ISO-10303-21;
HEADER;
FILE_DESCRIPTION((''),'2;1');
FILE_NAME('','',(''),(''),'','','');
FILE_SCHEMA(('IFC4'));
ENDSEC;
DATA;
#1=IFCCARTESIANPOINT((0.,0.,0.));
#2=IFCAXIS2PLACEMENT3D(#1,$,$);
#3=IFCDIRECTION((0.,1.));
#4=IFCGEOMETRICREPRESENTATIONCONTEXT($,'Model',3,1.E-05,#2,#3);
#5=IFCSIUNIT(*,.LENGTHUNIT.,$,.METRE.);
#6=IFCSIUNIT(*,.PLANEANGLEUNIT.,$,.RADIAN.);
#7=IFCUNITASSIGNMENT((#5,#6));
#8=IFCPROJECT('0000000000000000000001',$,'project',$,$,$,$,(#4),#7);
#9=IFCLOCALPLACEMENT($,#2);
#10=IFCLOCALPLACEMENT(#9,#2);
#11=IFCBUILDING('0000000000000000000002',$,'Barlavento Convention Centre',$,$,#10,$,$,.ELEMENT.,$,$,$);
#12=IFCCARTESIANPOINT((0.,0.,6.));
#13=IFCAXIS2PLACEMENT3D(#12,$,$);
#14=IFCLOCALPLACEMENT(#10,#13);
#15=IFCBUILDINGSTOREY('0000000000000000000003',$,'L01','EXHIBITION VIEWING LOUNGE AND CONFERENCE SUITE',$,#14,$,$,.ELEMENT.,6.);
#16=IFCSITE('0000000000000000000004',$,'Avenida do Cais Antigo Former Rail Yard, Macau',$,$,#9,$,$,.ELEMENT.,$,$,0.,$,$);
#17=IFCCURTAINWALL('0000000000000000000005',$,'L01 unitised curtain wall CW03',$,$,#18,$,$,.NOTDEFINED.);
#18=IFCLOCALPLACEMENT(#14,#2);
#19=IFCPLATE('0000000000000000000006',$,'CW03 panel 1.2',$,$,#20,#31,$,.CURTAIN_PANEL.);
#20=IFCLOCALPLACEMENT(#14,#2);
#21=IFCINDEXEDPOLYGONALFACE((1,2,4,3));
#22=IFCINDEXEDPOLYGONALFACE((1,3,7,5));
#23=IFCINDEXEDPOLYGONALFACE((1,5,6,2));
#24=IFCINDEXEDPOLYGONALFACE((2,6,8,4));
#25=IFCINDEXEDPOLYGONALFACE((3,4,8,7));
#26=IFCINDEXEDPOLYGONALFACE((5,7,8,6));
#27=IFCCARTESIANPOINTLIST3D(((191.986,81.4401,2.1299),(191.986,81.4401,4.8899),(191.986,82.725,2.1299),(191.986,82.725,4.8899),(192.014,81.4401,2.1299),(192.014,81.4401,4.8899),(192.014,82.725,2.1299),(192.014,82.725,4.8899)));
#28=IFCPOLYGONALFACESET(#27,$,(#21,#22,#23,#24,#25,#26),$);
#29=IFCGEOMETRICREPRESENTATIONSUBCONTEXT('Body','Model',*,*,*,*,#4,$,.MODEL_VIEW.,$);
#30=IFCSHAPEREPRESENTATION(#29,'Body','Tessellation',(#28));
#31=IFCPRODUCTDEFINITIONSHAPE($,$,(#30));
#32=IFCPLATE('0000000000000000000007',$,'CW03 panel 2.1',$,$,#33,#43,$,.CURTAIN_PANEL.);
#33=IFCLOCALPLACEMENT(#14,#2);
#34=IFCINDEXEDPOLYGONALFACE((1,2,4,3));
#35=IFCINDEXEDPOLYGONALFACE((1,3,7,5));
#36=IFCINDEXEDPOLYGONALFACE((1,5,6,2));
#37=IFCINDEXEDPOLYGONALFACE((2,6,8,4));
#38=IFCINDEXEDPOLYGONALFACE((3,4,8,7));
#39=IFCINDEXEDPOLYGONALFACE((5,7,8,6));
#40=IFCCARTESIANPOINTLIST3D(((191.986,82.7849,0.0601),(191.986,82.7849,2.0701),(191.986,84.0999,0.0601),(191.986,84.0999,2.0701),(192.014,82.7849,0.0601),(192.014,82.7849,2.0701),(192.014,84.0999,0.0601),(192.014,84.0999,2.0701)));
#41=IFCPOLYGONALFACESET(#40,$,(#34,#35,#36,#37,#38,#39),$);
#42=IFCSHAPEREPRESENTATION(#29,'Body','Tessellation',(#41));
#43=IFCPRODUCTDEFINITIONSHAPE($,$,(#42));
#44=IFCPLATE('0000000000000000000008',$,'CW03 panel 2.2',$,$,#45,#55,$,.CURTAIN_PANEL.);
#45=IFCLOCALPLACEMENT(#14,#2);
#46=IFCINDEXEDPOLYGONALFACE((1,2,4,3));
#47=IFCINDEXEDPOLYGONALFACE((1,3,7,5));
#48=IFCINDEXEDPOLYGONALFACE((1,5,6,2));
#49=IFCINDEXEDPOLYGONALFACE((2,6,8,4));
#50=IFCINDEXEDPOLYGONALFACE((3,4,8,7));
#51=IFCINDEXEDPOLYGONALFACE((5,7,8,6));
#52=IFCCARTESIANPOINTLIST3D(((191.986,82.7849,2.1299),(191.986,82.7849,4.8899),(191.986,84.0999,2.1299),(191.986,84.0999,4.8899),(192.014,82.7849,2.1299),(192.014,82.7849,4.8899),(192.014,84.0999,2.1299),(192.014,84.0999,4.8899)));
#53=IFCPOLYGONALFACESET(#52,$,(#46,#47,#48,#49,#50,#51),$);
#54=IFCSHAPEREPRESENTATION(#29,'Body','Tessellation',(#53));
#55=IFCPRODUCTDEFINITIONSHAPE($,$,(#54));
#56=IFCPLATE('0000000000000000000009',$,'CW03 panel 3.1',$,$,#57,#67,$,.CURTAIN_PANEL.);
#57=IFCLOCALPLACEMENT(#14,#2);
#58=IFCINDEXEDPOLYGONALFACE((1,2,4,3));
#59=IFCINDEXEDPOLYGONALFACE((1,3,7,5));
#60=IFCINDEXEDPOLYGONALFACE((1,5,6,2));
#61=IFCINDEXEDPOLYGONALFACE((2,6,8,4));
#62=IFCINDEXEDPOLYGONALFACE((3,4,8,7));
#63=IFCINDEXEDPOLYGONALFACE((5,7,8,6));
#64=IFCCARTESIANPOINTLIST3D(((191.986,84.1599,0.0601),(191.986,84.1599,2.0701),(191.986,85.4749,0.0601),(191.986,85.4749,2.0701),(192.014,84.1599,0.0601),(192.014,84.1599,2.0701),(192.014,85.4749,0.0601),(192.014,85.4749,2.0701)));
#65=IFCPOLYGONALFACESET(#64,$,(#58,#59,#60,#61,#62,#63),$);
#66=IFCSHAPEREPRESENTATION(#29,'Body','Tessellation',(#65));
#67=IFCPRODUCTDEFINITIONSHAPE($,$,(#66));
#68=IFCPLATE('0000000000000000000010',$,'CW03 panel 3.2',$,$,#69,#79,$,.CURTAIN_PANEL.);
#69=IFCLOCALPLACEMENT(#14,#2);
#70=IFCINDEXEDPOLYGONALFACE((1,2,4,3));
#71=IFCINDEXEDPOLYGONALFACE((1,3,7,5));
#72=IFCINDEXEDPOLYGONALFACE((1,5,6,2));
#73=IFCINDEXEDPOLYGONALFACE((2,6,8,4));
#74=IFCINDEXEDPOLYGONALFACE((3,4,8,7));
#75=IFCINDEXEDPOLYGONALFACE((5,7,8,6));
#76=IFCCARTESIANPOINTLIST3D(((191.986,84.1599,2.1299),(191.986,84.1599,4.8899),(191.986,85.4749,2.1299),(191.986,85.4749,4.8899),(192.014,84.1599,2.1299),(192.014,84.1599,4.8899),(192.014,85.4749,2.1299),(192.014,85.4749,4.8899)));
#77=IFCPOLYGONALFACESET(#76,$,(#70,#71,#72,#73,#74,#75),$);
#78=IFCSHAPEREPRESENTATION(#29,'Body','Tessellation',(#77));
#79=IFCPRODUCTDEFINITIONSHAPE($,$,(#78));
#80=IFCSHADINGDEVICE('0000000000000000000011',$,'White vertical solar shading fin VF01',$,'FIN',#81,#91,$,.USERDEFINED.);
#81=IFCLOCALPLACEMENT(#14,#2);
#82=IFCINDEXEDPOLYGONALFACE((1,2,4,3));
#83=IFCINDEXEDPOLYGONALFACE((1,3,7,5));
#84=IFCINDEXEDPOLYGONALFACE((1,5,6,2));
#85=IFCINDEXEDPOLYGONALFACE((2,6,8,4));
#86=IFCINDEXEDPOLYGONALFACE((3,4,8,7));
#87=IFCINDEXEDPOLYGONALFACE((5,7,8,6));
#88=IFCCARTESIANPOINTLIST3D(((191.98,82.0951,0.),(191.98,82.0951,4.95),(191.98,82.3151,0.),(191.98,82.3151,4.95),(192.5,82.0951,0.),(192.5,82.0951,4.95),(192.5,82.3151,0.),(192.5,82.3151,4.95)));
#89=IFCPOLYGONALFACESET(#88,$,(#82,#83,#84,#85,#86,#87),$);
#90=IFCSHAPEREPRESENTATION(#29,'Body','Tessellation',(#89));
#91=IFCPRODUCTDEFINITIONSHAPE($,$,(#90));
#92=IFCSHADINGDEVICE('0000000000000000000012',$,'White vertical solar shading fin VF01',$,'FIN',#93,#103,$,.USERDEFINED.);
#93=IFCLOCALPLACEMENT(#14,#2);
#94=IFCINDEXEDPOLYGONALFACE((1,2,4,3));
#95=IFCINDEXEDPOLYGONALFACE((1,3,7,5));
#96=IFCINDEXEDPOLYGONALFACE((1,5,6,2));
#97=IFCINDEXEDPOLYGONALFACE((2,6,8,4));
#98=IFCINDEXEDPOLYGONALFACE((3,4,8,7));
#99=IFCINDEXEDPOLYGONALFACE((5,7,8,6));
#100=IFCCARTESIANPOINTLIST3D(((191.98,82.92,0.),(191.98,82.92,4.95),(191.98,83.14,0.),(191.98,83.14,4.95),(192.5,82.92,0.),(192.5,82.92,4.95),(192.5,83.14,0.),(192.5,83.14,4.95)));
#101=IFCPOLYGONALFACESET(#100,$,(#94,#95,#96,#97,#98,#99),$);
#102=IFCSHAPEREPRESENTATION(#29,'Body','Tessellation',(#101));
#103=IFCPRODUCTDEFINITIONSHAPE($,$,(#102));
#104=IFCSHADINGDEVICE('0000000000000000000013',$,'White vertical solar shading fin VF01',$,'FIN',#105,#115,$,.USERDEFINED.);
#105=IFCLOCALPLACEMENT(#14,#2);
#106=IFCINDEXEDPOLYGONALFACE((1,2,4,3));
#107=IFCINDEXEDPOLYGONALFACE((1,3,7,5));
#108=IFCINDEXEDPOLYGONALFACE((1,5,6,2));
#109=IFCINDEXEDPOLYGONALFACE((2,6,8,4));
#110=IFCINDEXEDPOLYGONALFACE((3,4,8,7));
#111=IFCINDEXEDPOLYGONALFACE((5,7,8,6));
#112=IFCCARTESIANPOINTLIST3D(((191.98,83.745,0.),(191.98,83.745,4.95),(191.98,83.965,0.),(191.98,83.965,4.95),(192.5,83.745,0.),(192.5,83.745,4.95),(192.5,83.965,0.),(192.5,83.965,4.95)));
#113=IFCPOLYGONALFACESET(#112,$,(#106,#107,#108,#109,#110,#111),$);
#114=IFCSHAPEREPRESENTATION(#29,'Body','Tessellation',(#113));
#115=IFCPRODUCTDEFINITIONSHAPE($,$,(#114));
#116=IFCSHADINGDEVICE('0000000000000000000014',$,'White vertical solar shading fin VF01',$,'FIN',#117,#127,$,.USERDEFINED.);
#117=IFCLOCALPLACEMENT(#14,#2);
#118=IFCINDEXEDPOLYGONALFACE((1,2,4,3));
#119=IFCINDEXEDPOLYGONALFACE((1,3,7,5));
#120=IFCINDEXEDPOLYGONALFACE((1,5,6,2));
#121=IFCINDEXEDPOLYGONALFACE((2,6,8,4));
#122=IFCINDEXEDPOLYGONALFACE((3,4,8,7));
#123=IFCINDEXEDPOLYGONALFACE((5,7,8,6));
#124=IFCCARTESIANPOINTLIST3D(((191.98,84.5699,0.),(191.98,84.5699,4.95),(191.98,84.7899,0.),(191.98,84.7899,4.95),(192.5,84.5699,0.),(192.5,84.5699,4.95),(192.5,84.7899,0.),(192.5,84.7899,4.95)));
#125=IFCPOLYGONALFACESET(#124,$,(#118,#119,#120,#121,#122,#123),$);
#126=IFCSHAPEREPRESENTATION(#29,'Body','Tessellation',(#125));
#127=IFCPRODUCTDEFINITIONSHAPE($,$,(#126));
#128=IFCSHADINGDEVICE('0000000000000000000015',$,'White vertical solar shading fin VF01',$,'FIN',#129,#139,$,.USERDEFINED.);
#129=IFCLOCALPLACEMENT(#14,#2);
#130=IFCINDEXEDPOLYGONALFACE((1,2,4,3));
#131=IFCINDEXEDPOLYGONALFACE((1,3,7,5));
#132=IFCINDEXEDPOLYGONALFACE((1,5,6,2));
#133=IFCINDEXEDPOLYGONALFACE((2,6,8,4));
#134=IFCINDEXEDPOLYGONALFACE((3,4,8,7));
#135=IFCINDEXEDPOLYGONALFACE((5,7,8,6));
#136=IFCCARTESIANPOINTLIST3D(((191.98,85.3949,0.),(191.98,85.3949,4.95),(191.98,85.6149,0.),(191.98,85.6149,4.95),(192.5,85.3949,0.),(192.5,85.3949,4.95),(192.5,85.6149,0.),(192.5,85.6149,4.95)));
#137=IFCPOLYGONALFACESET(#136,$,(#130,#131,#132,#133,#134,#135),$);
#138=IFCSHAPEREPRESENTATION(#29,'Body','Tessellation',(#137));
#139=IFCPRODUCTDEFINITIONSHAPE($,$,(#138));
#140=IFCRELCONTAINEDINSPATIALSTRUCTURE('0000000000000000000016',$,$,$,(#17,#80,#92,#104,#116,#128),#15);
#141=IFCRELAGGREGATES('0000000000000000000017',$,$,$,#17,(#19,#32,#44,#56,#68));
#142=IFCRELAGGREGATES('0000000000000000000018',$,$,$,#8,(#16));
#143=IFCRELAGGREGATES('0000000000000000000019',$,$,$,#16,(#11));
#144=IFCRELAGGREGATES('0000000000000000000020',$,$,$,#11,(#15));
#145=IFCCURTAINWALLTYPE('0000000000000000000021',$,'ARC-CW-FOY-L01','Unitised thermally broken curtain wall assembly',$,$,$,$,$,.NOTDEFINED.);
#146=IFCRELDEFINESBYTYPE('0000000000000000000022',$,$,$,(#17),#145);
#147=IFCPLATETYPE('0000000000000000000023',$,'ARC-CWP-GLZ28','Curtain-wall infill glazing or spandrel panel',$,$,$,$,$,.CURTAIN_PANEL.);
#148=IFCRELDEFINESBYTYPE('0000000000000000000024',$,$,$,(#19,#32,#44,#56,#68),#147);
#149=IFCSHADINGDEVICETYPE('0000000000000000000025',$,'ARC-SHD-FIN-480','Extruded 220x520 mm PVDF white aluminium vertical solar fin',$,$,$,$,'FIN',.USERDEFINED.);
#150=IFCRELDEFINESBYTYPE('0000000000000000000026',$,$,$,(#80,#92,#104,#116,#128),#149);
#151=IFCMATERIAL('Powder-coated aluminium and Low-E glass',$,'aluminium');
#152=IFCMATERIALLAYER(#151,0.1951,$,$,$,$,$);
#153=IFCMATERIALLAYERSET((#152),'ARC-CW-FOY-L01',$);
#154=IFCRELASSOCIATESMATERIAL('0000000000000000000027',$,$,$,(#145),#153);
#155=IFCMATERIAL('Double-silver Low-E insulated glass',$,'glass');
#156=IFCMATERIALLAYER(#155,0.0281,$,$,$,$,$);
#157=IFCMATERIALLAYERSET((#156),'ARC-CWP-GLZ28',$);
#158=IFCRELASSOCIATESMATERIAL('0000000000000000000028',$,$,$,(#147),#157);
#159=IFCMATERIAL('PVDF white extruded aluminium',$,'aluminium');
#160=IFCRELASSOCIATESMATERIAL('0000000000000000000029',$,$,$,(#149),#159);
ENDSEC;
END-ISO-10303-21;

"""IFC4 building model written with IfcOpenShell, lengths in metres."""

from ifc_helpers import new_model, si_unit, direction, frame, origin, origin_2d, place, context, subcontext, project, spatial, rectangle, extrude, material, layer, layer_set, type_object, element, aggregate, save


model = new_model("IFC4")

# Units and contexts
model_context = context("Model", 3, precision=1e-05, world=origin(), true_north=direction((0.0, 1.0)))
body_context = subcontext(model_context, "Body", "Model", "MODEL_VIEW")
ifc_project = project(units=[si_unit("LENGTHUNIT", "METRE"), si_unit("PLANEANGLEUNIT", "RADIAN")], contexts=[model_context])

# Site, building, storey
site_placement = place(None, origin())
site = spatial("IfcSite", under=ifc_project, at=site_placement, Name="Avenida do Cais Antigo Former Rail Yard, Macau", CompositionType="ELEMENT", RefElevation=0.0)
building_placement = place(site_placement, origin())
building = spatial("IfcBuilding", under=site, at=building_placement, Name="Barlavento Convention Centre", CompositionType="ELEMENT")
storey_placement = place(building_placement, frame((0.0, 0.0, 6.0)))
storey = spatial("IfcBuildingStorey", under=building, at=storey_placement, Name="L01", Description="EXHIBITION VIEWING LOUNGE AND CONFERENCE SUITE", CompositionType="ELEMENT", Elevation=6.0)

# Curtain wall, plates
ifc_material_1 = material(Name="Powder-coated aluminium and Low-E glass", Category="aluminium")
ifc_layer_1 = layer(ifc_material_1, 0.1951)
ifc_layer_set_1 = layer_set([ifc_layer_1], Name="ARC-CW-FOY-L01")
curtain_wall_type = type_object("IfcCurtainWallType", Name="ARC-CW-FOY-L01", Description="Unitised thermally broken curtain wall assembly", PredefinedType="NOTDEFINED", material=ifc_layer_set_1)
curtain_wall_placement = place(storey_placement, origin())
curtain_wall = element("IfcCurtainWall", 1, at=curtain_wall_placement, inside=storey, type_object=curtain_wall_type, Name="L01 unitised curtain wall CW03", PredefinedType="NOTDEFINED")
ifc_material_2 = material(Name="Double-silver Low-E insulated glass", Category="glass")
ifc_layer_2 = layer(ifc_material_2, 0.0281)
ifc_layer_set_2 = layer_set([ifc_layer_2], Name="ARC-CWP-GLZ28")
plate_type = type_object("IfcPlateType", Name="ARC-CWP-GLZ28", Description="Curtain-wall infill glazing or spandrel panel", PredefinedType="CURTAIN_PANEL", material=ifc_layer_set_2)
plate_1_placement = place(storey_placement, frame((192.0, 82.0825, 2.1299), z_axis=(0.0, 0.0, 1.0), x_axis=(0.0, 1.0, 0.0)))
plate_1 = element("IfcPlate", 2, at=plate_1_placement, type_object=plate_type, Name="CW03 panel 1.2", PredefinedType="CURTAIN_PANEL", context=body_context, shape_type="SweptSolid", body=[
    extrude(rectangle(XDim=1.2849, YDim=0.0281, at=origin_2d()), origin(), (0.0, 0.0, 1.0), 2.76),
])
plate_2_placement = place(storey_placement, frame((192.0, 83.4424, 0.0601), z_axis=(0.0, 0.0, 1.0), x_axis=(0.0, 1.0, 0.0)))
plate_2 = element("IfcPlate", 3, at=plate_2_placement, type_object=plate_type, Name="CW03 panel 2.1", PredefinedType="CURTAIN_PANEL", context=body_context, shape_type="SweptSolid", body=[
    extrude(rectangle(XDim=1.3149, YDim=0.0281, at=origin_2d()), origin(), (0.0, 0.0, 1.0), 2.01),
])
plate_3_placement = place(storey_placement, frame((192.0, 83.4424, 2.1299), z_axis=(0.0, 0.0, 1.0), x_axis=(0.0, 1.0, 0.0)))
plate_3 = element("IfcPlate", 4, at=plate_3_placement, type_object=plate_type, Name="CW03 panel 2.2", PredefinedType="CURTAIN_PANEL", context=body_context, shape_type="SweptSolid", body=[
    extrude(rectangle(XDim=1.3149, YDim=0.0281, at=origin_2d()), origin(), (0.0, 0.0, 1.0), 2.76),
])
plate_4_placement = place(storey_placement, frame((192.0, 84.8174, 0.0601), z_axis=(0.0, 0.0, 1.0), x_axis=(0.0, 1.0, 0.0)))
plate_4 = element("IfcPlate", 5, at=plate_4_placement, type_object=plate_type, Name="CW03 panel 3.1", PredefinedType="CURTAIN_PANEL", context=body_context, shape_type="SweptSolid", body=[
    extrude(rectangle(XDim=1.3149, YDim=0.0281, at=origin_2d()), origin(), (0.0, 0.0, 1.0), 2.01),
])
plate_5_placement = place(storey_placement, frame((192.0, 84.8174, 2.1299), z_axis=(0.0, 0.0, 1.0), x_axis=(0.0, 1.0, 0.0)))
plate_5 = element("IfcPlate", 6, at=plate_5_placement, type_object=plate_type, Name="CW03 panel 3.2", PredefinedType="CURTAIN_PANEL", context=body_context, shape_type="SweptSolid", body=[
    extrude(rectangle(XDim=1.3149, YDim=0.0281, at=origin_2d()), origin(), (0.0, 0.0, 1.0), 2.76),
])
aggregate(curtain_wall, [plate_1, plate_2, plate_3, plate_4, plate_5])

# Shading devices
ifc_material_3 = material(Name="PVDF white extruded aluminium", Category="aluminium")
shading_device_type = type_object("IfcShadingDeviceType", Name="ARC-SHD-FIN-480", Description="Extruded 220x520 mm PVDF white aluminium vertical solar fin", ElementType="FIN", PredefinedType="USERDEFINED", material=ifc_material_3)
for number, where, z_axis, x_axis, name in (
    (7, (192.24, 82.2051, 0.0), (0.0, 0.0, 1.0), (0.0, 1.0, 0.0), "White vertical solar shading fin VF01"),
    (8, (192.24, 83.03, 0.0), (0.0, 0.0, 1.0), (0.0, 1.0, 0.0), "White vertical solar shading fin VF01"),
    (9, (192.24, 83.855, 0.0), (0.0, 0.0, 1.0), (0.0, 1.0, 0.0), "White vertical solar shading fin VF01"),
    (10, (192.24, 84.6799, 0.0), (0.0, 0.0, 1.0), (0.0, 1.0, 0.0), "White vertical solar shading fin VF01"),
    (11, (192.24, 85.5049, 0.0), (0.0, 0.0, 1.0), (0.0, 1.0, 0.0), "White vertical solar shading fin VF01"),
):
    element("IfcShadingDevice", number, at=place(storey_placement, frame(where, z_axis=z_axis, x_axis=x_axis)), inside=storey, type_object=shading_device_type, Name=name, ObjectType="FIN", PredefinedType="USERDEFINED", context=body_context, shape_type="SweptSolid", body=[
        extrude(rectangle(XDim=0.22, YDim=0.52, at=origin_2d()), origin(), (0.0, 0.0, 1.0), 4.95),
    ])

save(model, "model.ifc")
